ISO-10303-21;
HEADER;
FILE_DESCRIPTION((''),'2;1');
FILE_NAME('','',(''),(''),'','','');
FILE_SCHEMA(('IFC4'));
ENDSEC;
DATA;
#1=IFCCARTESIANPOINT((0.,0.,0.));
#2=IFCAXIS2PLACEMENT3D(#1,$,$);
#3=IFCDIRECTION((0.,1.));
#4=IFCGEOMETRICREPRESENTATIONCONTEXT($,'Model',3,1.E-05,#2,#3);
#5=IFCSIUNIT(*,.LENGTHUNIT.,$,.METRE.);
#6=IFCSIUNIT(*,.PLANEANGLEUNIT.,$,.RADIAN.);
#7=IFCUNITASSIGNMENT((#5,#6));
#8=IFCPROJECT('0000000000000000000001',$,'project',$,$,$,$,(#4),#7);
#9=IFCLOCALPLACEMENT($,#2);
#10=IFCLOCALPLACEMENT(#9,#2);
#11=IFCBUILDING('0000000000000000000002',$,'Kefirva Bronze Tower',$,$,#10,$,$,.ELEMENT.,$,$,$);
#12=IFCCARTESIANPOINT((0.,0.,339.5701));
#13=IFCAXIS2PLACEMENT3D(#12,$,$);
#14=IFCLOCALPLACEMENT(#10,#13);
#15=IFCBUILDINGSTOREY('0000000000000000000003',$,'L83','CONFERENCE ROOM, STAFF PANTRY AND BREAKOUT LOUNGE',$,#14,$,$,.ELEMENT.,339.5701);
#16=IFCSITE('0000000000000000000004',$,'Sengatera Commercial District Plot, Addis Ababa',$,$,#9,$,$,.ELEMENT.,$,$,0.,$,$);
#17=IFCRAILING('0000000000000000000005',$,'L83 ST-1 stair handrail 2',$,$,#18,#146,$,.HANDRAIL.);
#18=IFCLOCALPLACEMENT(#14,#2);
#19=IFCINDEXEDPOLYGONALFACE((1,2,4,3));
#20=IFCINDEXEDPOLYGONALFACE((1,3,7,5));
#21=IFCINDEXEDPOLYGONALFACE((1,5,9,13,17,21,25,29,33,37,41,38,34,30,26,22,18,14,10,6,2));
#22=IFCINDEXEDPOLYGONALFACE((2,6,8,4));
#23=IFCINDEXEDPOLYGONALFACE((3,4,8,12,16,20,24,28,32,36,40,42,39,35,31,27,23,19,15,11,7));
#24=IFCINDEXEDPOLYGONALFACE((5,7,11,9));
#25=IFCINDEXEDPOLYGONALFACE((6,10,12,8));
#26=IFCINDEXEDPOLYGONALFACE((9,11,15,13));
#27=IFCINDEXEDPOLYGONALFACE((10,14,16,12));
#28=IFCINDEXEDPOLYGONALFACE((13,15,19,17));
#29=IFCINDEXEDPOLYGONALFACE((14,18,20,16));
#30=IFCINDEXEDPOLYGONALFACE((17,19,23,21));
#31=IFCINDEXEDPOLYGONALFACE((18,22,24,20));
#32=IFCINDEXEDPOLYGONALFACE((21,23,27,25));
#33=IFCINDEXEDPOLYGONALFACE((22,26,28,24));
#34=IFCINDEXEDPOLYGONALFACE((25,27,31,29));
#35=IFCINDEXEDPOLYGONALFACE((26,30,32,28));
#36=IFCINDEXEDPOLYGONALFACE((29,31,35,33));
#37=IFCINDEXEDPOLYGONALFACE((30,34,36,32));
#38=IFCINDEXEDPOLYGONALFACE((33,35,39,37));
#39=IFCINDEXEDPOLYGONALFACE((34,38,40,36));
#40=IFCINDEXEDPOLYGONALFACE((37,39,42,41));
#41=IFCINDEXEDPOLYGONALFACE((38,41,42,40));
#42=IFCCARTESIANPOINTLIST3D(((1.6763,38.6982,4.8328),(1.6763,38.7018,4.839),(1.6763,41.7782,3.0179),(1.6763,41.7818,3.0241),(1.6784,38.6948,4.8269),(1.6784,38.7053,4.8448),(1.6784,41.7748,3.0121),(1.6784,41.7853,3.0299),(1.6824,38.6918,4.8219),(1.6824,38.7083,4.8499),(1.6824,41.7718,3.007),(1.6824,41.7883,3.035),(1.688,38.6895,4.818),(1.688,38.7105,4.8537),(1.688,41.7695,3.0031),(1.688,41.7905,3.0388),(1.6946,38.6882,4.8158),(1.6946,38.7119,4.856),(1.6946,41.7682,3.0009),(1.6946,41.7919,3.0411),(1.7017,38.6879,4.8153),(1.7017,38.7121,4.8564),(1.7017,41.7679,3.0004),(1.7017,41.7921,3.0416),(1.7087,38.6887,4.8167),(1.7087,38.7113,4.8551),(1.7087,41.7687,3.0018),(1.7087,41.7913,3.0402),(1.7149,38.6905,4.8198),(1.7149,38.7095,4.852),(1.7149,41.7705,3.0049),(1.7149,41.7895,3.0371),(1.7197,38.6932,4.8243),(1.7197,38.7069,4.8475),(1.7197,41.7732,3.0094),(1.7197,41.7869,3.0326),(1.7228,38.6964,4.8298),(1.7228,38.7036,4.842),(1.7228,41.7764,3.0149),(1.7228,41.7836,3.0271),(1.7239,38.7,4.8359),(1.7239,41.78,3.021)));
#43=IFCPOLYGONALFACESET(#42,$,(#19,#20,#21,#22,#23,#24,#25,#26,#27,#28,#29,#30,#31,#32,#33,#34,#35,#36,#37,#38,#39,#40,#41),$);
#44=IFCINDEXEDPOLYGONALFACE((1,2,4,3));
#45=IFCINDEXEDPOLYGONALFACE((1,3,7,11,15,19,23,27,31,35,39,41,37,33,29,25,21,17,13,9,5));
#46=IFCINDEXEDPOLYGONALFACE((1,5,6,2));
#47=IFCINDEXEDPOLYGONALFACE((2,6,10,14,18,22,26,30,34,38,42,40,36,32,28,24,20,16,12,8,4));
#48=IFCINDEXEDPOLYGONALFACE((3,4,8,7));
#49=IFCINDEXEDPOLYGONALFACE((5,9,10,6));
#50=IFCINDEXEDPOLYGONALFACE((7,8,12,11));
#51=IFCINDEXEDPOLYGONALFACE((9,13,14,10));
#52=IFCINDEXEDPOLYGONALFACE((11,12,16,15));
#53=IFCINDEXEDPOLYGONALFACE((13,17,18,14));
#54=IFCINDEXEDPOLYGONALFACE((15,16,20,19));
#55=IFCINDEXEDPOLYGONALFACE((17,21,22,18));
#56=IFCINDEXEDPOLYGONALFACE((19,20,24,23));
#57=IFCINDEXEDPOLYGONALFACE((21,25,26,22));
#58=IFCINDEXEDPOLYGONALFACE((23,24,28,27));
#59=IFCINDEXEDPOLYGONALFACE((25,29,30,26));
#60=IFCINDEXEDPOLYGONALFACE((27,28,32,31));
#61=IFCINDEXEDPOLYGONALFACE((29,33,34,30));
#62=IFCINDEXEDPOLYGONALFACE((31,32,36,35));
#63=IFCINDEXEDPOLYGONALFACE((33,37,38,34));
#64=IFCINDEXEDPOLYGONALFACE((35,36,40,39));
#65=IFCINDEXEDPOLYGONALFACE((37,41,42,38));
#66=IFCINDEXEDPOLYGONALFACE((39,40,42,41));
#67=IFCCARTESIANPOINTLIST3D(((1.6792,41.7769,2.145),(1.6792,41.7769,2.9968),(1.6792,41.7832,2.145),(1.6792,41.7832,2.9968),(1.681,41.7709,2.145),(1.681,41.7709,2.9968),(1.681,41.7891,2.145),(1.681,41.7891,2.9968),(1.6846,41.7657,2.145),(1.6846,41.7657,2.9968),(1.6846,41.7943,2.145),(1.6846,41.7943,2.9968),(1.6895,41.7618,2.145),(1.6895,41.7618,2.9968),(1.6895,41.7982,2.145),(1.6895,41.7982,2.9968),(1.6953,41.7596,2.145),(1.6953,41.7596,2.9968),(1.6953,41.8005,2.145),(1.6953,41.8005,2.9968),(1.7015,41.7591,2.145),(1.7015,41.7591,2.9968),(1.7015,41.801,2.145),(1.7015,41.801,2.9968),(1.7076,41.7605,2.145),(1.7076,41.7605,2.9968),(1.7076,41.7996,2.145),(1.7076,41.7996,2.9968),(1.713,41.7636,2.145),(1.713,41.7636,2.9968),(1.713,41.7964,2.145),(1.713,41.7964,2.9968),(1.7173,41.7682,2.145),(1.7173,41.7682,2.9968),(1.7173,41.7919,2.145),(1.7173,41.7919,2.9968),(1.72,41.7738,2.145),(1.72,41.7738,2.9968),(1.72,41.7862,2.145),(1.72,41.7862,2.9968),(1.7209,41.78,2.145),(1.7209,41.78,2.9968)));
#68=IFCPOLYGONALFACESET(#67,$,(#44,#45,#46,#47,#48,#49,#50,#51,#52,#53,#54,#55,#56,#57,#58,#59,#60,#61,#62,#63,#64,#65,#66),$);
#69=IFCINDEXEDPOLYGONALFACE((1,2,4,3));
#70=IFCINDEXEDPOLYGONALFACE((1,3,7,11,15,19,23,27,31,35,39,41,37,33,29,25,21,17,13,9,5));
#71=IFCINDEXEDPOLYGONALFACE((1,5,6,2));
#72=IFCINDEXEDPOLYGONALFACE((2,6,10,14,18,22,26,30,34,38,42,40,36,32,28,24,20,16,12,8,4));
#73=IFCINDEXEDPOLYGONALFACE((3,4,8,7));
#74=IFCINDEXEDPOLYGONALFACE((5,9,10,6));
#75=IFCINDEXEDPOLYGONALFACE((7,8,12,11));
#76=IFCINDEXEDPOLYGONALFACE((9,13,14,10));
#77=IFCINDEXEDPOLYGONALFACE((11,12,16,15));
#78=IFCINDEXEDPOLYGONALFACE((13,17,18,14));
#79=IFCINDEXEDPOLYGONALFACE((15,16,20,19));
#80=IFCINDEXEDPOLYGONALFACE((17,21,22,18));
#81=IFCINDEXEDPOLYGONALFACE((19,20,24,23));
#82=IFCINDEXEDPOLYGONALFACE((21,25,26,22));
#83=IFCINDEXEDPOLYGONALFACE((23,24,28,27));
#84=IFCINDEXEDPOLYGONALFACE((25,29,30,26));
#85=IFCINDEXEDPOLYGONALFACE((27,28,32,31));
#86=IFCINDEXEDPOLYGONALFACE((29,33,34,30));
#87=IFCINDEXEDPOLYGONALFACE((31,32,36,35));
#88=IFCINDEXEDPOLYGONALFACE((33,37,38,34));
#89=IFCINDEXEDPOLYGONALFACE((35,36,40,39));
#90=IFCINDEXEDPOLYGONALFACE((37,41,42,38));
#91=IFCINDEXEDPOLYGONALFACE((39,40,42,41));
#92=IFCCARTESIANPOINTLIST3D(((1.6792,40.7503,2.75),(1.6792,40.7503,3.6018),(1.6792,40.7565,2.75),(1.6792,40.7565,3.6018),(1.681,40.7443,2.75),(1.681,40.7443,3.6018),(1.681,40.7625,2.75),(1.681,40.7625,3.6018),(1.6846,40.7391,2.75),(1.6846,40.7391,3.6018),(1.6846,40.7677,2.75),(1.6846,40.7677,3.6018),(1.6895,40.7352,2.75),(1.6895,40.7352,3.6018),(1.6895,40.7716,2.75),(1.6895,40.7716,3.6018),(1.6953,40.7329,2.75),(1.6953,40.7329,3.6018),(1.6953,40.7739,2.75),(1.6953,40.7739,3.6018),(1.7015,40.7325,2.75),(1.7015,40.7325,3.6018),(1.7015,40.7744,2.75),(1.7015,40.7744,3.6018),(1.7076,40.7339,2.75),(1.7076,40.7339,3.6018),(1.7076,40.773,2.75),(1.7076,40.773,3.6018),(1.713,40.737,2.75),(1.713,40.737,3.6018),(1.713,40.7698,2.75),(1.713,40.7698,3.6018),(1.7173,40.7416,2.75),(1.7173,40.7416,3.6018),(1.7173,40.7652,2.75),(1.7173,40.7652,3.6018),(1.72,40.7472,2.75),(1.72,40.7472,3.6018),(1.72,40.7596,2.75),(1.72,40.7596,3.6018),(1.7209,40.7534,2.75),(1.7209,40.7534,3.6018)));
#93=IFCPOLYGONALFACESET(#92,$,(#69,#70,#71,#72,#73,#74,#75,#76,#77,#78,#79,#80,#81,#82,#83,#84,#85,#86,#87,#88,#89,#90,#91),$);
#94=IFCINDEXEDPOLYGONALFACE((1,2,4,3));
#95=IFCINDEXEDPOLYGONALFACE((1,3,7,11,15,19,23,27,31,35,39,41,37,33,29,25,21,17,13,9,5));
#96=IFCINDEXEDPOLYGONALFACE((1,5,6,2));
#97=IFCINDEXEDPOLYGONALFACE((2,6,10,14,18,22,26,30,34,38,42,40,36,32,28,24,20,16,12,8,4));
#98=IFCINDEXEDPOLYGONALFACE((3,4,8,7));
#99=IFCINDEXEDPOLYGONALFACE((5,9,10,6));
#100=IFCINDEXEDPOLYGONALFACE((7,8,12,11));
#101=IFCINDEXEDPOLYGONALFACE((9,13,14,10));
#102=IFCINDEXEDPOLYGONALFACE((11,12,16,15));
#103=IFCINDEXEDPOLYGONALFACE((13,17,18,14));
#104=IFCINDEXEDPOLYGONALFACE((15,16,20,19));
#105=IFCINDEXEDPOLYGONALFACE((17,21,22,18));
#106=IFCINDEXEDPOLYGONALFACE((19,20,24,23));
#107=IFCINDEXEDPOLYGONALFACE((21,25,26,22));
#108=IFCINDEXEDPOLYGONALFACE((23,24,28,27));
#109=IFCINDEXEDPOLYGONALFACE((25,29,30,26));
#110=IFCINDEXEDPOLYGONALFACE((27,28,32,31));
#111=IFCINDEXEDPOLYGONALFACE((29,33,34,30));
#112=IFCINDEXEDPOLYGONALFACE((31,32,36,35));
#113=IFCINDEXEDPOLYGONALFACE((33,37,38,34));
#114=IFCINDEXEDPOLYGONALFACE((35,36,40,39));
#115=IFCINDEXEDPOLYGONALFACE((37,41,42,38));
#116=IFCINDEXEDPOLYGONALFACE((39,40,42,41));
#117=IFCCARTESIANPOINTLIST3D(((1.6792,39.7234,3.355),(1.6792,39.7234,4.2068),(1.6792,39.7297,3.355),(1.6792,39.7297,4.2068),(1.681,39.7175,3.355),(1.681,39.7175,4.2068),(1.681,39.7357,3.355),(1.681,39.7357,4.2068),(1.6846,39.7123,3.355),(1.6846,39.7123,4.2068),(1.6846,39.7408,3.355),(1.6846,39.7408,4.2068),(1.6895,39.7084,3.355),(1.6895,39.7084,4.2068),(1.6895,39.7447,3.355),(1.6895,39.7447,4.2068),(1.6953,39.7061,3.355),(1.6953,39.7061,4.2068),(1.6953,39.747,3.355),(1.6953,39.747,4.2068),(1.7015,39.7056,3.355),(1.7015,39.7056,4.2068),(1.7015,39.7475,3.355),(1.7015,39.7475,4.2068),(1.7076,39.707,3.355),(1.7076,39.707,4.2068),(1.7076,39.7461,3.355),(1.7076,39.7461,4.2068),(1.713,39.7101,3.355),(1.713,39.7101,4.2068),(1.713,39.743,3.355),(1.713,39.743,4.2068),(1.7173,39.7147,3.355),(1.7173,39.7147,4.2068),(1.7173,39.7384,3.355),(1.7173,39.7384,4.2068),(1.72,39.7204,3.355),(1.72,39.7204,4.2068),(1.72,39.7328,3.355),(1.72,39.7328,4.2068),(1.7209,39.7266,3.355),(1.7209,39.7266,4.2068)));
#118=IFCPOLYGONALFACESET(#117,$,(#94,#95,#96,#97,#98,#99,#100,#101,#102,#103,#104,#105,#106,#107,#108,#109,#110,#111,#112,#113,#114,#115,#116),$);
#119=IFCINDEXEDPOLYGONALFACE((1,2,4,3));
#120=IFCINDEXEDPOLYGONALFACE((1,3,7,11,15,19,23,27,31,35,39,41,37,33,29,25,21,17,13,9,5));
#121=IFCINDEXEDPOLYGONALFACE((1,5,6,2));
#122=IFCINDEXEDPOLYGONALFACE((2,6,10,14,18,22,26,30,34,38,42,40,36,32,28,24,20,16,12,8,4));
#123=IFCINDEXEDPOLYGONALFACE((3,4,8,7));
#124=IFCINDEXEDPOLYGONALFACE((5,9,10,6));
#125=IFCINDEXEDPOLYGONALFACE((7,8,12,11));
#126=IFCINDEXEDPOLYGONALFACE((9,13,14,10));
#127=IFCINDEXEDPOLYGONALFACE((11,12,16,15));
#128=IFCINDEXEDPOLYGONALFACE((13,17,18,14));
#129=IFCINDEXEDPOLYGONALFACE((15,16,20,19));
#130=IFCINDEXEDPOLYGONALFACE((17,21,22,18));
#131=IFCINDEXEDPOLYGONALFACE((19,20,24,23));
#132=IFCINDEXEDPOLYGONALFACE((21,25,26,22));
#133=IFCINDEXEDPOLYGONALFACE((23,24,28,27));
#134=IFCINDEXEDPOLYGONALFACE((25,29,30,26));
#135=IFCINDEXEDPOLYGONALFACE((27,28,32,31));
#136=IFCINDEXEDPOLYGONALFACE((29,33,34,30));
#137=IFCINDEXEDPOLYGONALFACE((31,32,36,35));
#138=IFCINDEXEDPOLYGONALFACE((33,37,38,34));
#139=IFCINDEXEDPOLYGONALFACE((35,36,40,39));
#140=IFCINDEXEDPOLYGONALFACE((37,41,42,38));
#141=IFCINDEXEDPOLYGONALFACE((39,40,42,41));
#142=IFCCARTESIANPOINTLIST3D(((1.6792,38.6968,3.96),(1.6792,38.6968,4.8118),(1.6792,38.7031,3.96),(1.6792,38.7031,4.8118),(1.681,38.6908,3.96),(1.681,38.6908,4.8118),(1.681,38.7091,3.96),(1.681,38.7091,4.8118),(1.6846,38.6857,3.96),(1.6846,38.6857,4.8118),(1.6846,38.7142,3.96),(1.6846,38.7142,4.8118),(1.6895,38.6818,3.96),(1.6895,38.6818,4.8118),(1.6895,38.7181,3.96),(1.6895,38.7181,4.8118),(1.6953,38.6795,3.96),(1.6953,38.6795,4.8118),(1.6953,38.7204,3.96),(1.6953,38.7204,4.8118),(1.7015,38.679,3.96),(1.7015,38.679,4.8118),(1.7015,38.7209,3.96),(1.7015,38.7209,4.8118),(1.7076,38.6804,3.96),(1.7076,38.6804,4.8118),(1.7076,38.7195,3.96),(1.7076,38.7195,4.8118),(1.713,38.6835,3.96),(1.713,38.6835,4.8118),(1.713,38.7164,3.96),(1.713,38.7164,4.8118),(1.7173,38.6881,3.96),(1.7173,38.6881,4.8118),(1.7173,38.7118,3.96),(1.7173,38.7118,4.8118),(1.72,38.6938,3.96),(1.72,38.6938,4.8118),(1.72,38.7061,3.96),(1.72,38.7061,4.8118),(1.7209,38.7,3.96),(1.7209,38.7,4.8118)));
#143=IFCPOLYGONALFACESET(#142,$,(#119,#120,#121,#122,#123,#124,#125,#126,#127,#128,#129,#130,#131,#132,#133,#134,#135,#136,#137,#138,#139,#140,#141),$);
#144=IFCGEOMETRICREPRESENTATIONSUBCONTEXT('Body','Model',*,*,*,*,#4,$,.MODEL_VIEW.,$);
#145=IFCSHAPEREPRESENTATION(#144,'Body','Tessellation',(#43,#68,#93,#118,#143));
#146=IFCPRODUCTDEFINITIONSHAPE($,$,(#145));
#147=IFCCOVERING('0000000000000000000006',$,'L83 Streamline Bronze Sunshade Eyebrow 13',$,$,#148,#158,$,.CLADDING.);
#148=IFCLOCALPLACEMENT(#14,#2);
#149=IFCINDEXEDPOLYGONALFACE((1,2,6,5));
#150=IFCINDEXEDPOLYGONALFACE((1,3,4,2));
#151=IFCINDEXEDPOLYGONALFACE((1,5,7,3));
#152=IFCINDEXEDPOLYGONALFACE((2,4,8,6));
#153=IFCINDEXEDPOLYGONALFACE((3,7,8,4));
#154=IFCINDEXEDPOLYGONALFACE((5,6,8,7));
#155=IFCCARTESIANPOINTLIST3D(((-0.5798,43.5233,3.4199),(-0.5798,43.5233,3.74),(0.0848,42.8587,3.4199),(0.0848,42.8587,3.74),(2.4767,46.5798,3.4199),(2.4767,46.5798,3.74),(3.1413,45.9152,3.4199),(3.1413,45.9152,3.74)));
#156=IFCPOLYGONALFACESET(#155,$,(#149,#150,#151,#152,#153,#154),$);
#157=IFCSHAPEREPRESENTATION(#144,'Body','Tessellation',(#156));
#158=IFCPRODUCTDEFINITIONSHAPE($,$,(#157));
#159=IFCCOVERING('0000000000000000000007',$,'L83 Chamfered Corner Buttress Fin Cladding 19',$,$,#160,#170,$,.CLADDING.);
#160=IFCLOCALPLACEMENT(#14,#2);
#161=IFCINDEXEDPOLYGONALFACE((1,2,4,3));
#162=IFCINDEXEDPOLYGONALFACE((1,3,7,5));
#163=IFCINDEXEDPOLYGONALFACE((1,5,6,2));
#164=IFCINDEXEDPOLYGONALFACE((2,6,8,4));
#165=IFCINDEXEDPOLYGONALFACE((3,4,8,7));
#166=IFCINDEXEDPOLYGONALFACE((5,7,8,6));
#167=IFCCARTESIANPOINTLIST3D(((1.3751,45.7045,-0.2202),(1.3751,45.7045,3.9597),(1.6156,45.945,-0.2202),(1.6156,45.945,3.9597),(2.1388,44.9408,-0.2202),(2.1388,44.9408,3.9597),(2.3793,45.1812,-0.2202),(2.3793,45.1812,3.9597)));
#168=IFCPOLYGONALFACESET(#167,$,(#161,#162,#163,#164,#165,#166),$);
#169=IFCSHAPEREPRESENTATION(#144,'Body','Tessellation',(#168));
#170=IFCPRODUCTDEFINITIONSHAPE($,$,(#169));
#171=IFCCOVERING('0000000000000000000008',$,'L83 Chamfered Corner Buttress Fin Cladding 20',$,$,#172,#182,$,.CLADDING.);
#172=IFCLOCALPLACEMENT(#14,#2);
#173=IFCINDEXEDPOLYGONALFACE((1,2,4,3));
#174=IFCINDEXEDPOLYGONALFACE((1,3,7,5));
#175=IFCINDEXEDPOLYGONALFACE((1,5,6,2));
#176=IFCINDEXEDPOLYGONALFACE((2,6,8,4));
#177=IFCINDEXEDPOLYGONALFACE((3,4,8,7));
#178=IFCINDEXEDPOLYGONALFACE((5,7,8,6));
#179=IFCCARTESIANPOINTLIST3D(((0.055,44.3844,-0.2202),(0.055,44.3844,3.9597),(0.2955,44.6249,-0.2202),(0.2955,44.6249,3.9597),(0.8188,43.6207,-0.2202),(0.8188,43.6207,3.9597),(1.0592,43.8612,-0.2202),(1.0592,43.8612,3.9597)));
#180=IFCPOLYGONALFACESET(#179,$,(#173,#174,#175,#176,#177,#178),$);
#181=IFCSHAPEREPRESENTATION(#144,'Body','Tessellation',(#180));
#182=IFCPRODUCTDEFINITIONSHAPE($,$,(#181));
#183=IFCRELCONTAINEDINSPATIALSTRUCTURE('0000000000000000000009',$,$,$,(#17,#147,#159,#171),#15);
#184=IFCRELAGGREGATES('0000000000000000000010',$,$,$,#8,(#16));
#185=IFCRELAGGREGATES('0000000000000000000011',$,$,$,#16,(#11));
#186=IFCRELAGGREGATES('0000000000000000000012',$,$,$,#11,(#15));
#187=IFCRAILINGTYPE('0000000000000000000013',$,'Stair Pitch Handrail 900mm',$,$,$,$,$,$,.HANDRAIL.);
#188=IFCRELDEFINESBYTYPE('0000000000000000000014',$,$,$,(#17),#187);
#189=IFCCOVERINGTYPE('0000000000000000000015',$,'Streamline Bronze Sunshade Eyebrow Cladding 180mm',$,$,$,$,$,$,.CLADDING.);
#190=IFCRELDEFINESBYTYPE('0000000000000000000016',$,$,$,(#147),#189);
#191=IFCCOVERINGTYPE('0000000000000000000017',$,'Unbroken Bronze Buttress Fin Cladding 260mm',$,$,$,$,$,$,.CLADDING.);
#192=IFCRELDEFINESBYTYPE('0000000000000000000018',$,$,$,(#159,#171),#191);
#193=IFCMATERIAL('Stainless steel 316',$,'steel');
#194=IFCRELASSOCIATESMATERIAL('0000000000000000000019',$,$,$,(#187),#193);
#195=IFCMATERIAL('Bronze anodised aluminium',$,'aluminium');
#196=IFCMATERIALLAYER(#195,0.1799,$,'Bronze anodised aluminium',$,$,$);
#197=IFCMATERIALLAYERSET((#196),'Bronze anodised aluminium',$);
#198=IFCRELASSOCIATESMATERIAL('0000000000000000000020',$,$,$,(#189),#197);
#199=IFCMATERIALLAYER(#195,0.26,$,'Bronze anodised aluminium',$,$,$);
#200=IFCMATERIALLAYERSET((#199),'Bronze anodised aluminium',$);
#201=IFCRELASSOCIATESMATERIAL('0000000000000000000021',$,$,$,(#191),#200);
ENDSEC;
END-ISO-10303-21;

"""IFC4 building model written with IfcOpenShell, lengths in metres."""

from ifc_helpers import new_model, si_unit, direction, frame, origin, origin_2d, place, context, subcontext, project, spatial, rectangle, circle, extrude, material, layer, layer_set, type_object, element, save


model = new_model("IFC4")

# Units and contexts
model_context = context("Model", 3, precision=1e-05, world=origin(), true_north=direction((0.0, 1.0)))
body_context = subcontext(model_context, "Body", "Model", "MODEL_VIEW")
ifc_project = project(units=[si_unit("LENGTHUNIT", "METRE"), si_unit("PLANEANGLEUNIT", "RADIAN")], contexts=[model_context])

# Site, building, storey
site_placement = place(None, origin())
site = spatial("IfcSite", under=ifc_project, at=site_placement, Name="Sengatera Commercial District Plot, Addis Ababa", CompositionType="ELEMENT", RefElevation=0.0)
building_placement = place(site_placement, origin())
building = spatial("IfcBuilding", under=site, at=building_placement, Name="Kefirva Bronze Tower", CompositionType="ELEMENT")
storey_placement = place(building_placement, frame((0.0, 0.0, 339.5701)))
storey = spatial("IfcBuildingStorey", under=building, at=storey_placement, Name="L83", Description="CONFERENCE ROOM, STAFF PANTRY AND BREAKOUT LOUNGE", CompositionType="ELEMENT", Elevation=339.5701)

# Shared definitions
ifc_material_1 = material(Name="Bronze anodised aluminium", Category="aluminium")

# Railing
ifc_material_2 = material(Name="Stainless steel 316", Category="steel")
railing_type_1 = type_object("IfcRailingType", Name="Stair Pitch Handrail 900mm", PredefinedType="HANDRAIL", material=ifc_material_2)
railing_1_placement = place(storey_placement, frame((1.7, 41.78, 2.145)))
element("IfcRailing", 1, at=railing_1_placement, inside=storey, type_object=railing_type_1, Name="L83 ST-1 stair handrail 2", PredefinedType="HANDRAIL", context=body_context, shape_type="SweptSolid", body=[
    extrude(circle(Radius=0.0239, at=origin_2d()), frame((0.0, 0.0, 0.876), z_axis=(0.0, -0.861551, 0.507671), x_axis=(1.0, 0.0, 0.0)), (0.0, 0.0, 1.0), 3.575),
    extrude(circle(Radius=0.021, at=origin_2d()), origin(), (0.0, 0.0, 1.0), 0.8518),
    extrude(circle(Radius=0.021, at=origin_2d()), frame((0.0, -1.0266, 0.605)), (0.0, 0.0, 1.0), 0.8518),
    extrude(circle(Radius=0.021, at=origin_2d()), frame((0.0, -2.0535, 1.21)), (0.0, 0.0, 1.0), 0.8518),
    extrude(circle(Radius=0.021, at=origin_2d()), frame((0.0, -3.0801, 1.8149)), (0.0, 0.0, 1.0), 0.8518),
])

# Coverings
ifc_layer_1 = layer(ifc_material_1, 0.1799, Name="Bronze anodised aluminium")
ifc_layer_set_1 = layer_set([ifc_layer_1], Name="Bronze anodised aluminium")
covering_type_1 = type_object("IfcCoveringType", Name="Streamline Bronze Sunshade Eyebrow Cladding 180mm", PredefinedType="CLADDING", material=ifc_layer_set_1)
covering_1_placement = place(storey_placement, frame((1.2808, 44.7192, 3.4199), z_axis=(0.0, 0.0, 1.0), x_axis=(-0.707107, -0.707107, 0.0)))
element("IfcCovering", 2, at=covering_1_placement, inside=storey, type_object=covering_type_1, Name="L83 Streamline Bronze Sunshade Eyebrow 13", PredefinedType="CLADDING", context=body_context, shape_type="SweptSolid", body=[
    extrude(rectangle(XDim=4.3225, YDim=0.9399, at=origin_2d()), origin(), (0.0, 0.0, 1.0), 0.3201),
])
ifc_layer_2 = layer(ifc_material_1, 0.26, Name="Bronze anodised aluminium")
ifc_layer_set_2 = layer_set([ifc_layer_2], Name="Bronze anodised aluminium")
covering_type_2 = type_object("IfcCoveringType", Name="Unbroken Bronze Buttress Fin Cladding 260mm", PredefinedType="CLADDING", material=ifc_layer_set_2)
for number, where, z_axis, x_axis, name in (
    (3, (1.8772, 45.4429, -0.2202), (0.0, 0.0, 1.0), (-0.707107, -0.707107, 0.0), "L83 Chamfered Corner Buttress Fin Cladding 19"),
    (4, (0.5571, 44.1228, -0.2202), (0.0, 0.0, 1.0), (-0.707107, -0.707107, 0.0), "L83 Chamfered Corner Buttress Fin Cladding 20"),
):
    element("IfcCovering", number, at=place(storey_placement, frame(where, z_axis=z_axis, x_axis=x_axis)), inside=storey, type_object=covering_type_2, Name=name, PredefinedType="CLADDING", context=body_context, shape_type="SweptSolid", body=[
        extrude(rectangle(XDim=0.3401, YDim=1.0801, at=origin_2d()), origin(), (0.0, 0.0, 1.0), 4.1799),
    ])

save(model, "model.ifc")
